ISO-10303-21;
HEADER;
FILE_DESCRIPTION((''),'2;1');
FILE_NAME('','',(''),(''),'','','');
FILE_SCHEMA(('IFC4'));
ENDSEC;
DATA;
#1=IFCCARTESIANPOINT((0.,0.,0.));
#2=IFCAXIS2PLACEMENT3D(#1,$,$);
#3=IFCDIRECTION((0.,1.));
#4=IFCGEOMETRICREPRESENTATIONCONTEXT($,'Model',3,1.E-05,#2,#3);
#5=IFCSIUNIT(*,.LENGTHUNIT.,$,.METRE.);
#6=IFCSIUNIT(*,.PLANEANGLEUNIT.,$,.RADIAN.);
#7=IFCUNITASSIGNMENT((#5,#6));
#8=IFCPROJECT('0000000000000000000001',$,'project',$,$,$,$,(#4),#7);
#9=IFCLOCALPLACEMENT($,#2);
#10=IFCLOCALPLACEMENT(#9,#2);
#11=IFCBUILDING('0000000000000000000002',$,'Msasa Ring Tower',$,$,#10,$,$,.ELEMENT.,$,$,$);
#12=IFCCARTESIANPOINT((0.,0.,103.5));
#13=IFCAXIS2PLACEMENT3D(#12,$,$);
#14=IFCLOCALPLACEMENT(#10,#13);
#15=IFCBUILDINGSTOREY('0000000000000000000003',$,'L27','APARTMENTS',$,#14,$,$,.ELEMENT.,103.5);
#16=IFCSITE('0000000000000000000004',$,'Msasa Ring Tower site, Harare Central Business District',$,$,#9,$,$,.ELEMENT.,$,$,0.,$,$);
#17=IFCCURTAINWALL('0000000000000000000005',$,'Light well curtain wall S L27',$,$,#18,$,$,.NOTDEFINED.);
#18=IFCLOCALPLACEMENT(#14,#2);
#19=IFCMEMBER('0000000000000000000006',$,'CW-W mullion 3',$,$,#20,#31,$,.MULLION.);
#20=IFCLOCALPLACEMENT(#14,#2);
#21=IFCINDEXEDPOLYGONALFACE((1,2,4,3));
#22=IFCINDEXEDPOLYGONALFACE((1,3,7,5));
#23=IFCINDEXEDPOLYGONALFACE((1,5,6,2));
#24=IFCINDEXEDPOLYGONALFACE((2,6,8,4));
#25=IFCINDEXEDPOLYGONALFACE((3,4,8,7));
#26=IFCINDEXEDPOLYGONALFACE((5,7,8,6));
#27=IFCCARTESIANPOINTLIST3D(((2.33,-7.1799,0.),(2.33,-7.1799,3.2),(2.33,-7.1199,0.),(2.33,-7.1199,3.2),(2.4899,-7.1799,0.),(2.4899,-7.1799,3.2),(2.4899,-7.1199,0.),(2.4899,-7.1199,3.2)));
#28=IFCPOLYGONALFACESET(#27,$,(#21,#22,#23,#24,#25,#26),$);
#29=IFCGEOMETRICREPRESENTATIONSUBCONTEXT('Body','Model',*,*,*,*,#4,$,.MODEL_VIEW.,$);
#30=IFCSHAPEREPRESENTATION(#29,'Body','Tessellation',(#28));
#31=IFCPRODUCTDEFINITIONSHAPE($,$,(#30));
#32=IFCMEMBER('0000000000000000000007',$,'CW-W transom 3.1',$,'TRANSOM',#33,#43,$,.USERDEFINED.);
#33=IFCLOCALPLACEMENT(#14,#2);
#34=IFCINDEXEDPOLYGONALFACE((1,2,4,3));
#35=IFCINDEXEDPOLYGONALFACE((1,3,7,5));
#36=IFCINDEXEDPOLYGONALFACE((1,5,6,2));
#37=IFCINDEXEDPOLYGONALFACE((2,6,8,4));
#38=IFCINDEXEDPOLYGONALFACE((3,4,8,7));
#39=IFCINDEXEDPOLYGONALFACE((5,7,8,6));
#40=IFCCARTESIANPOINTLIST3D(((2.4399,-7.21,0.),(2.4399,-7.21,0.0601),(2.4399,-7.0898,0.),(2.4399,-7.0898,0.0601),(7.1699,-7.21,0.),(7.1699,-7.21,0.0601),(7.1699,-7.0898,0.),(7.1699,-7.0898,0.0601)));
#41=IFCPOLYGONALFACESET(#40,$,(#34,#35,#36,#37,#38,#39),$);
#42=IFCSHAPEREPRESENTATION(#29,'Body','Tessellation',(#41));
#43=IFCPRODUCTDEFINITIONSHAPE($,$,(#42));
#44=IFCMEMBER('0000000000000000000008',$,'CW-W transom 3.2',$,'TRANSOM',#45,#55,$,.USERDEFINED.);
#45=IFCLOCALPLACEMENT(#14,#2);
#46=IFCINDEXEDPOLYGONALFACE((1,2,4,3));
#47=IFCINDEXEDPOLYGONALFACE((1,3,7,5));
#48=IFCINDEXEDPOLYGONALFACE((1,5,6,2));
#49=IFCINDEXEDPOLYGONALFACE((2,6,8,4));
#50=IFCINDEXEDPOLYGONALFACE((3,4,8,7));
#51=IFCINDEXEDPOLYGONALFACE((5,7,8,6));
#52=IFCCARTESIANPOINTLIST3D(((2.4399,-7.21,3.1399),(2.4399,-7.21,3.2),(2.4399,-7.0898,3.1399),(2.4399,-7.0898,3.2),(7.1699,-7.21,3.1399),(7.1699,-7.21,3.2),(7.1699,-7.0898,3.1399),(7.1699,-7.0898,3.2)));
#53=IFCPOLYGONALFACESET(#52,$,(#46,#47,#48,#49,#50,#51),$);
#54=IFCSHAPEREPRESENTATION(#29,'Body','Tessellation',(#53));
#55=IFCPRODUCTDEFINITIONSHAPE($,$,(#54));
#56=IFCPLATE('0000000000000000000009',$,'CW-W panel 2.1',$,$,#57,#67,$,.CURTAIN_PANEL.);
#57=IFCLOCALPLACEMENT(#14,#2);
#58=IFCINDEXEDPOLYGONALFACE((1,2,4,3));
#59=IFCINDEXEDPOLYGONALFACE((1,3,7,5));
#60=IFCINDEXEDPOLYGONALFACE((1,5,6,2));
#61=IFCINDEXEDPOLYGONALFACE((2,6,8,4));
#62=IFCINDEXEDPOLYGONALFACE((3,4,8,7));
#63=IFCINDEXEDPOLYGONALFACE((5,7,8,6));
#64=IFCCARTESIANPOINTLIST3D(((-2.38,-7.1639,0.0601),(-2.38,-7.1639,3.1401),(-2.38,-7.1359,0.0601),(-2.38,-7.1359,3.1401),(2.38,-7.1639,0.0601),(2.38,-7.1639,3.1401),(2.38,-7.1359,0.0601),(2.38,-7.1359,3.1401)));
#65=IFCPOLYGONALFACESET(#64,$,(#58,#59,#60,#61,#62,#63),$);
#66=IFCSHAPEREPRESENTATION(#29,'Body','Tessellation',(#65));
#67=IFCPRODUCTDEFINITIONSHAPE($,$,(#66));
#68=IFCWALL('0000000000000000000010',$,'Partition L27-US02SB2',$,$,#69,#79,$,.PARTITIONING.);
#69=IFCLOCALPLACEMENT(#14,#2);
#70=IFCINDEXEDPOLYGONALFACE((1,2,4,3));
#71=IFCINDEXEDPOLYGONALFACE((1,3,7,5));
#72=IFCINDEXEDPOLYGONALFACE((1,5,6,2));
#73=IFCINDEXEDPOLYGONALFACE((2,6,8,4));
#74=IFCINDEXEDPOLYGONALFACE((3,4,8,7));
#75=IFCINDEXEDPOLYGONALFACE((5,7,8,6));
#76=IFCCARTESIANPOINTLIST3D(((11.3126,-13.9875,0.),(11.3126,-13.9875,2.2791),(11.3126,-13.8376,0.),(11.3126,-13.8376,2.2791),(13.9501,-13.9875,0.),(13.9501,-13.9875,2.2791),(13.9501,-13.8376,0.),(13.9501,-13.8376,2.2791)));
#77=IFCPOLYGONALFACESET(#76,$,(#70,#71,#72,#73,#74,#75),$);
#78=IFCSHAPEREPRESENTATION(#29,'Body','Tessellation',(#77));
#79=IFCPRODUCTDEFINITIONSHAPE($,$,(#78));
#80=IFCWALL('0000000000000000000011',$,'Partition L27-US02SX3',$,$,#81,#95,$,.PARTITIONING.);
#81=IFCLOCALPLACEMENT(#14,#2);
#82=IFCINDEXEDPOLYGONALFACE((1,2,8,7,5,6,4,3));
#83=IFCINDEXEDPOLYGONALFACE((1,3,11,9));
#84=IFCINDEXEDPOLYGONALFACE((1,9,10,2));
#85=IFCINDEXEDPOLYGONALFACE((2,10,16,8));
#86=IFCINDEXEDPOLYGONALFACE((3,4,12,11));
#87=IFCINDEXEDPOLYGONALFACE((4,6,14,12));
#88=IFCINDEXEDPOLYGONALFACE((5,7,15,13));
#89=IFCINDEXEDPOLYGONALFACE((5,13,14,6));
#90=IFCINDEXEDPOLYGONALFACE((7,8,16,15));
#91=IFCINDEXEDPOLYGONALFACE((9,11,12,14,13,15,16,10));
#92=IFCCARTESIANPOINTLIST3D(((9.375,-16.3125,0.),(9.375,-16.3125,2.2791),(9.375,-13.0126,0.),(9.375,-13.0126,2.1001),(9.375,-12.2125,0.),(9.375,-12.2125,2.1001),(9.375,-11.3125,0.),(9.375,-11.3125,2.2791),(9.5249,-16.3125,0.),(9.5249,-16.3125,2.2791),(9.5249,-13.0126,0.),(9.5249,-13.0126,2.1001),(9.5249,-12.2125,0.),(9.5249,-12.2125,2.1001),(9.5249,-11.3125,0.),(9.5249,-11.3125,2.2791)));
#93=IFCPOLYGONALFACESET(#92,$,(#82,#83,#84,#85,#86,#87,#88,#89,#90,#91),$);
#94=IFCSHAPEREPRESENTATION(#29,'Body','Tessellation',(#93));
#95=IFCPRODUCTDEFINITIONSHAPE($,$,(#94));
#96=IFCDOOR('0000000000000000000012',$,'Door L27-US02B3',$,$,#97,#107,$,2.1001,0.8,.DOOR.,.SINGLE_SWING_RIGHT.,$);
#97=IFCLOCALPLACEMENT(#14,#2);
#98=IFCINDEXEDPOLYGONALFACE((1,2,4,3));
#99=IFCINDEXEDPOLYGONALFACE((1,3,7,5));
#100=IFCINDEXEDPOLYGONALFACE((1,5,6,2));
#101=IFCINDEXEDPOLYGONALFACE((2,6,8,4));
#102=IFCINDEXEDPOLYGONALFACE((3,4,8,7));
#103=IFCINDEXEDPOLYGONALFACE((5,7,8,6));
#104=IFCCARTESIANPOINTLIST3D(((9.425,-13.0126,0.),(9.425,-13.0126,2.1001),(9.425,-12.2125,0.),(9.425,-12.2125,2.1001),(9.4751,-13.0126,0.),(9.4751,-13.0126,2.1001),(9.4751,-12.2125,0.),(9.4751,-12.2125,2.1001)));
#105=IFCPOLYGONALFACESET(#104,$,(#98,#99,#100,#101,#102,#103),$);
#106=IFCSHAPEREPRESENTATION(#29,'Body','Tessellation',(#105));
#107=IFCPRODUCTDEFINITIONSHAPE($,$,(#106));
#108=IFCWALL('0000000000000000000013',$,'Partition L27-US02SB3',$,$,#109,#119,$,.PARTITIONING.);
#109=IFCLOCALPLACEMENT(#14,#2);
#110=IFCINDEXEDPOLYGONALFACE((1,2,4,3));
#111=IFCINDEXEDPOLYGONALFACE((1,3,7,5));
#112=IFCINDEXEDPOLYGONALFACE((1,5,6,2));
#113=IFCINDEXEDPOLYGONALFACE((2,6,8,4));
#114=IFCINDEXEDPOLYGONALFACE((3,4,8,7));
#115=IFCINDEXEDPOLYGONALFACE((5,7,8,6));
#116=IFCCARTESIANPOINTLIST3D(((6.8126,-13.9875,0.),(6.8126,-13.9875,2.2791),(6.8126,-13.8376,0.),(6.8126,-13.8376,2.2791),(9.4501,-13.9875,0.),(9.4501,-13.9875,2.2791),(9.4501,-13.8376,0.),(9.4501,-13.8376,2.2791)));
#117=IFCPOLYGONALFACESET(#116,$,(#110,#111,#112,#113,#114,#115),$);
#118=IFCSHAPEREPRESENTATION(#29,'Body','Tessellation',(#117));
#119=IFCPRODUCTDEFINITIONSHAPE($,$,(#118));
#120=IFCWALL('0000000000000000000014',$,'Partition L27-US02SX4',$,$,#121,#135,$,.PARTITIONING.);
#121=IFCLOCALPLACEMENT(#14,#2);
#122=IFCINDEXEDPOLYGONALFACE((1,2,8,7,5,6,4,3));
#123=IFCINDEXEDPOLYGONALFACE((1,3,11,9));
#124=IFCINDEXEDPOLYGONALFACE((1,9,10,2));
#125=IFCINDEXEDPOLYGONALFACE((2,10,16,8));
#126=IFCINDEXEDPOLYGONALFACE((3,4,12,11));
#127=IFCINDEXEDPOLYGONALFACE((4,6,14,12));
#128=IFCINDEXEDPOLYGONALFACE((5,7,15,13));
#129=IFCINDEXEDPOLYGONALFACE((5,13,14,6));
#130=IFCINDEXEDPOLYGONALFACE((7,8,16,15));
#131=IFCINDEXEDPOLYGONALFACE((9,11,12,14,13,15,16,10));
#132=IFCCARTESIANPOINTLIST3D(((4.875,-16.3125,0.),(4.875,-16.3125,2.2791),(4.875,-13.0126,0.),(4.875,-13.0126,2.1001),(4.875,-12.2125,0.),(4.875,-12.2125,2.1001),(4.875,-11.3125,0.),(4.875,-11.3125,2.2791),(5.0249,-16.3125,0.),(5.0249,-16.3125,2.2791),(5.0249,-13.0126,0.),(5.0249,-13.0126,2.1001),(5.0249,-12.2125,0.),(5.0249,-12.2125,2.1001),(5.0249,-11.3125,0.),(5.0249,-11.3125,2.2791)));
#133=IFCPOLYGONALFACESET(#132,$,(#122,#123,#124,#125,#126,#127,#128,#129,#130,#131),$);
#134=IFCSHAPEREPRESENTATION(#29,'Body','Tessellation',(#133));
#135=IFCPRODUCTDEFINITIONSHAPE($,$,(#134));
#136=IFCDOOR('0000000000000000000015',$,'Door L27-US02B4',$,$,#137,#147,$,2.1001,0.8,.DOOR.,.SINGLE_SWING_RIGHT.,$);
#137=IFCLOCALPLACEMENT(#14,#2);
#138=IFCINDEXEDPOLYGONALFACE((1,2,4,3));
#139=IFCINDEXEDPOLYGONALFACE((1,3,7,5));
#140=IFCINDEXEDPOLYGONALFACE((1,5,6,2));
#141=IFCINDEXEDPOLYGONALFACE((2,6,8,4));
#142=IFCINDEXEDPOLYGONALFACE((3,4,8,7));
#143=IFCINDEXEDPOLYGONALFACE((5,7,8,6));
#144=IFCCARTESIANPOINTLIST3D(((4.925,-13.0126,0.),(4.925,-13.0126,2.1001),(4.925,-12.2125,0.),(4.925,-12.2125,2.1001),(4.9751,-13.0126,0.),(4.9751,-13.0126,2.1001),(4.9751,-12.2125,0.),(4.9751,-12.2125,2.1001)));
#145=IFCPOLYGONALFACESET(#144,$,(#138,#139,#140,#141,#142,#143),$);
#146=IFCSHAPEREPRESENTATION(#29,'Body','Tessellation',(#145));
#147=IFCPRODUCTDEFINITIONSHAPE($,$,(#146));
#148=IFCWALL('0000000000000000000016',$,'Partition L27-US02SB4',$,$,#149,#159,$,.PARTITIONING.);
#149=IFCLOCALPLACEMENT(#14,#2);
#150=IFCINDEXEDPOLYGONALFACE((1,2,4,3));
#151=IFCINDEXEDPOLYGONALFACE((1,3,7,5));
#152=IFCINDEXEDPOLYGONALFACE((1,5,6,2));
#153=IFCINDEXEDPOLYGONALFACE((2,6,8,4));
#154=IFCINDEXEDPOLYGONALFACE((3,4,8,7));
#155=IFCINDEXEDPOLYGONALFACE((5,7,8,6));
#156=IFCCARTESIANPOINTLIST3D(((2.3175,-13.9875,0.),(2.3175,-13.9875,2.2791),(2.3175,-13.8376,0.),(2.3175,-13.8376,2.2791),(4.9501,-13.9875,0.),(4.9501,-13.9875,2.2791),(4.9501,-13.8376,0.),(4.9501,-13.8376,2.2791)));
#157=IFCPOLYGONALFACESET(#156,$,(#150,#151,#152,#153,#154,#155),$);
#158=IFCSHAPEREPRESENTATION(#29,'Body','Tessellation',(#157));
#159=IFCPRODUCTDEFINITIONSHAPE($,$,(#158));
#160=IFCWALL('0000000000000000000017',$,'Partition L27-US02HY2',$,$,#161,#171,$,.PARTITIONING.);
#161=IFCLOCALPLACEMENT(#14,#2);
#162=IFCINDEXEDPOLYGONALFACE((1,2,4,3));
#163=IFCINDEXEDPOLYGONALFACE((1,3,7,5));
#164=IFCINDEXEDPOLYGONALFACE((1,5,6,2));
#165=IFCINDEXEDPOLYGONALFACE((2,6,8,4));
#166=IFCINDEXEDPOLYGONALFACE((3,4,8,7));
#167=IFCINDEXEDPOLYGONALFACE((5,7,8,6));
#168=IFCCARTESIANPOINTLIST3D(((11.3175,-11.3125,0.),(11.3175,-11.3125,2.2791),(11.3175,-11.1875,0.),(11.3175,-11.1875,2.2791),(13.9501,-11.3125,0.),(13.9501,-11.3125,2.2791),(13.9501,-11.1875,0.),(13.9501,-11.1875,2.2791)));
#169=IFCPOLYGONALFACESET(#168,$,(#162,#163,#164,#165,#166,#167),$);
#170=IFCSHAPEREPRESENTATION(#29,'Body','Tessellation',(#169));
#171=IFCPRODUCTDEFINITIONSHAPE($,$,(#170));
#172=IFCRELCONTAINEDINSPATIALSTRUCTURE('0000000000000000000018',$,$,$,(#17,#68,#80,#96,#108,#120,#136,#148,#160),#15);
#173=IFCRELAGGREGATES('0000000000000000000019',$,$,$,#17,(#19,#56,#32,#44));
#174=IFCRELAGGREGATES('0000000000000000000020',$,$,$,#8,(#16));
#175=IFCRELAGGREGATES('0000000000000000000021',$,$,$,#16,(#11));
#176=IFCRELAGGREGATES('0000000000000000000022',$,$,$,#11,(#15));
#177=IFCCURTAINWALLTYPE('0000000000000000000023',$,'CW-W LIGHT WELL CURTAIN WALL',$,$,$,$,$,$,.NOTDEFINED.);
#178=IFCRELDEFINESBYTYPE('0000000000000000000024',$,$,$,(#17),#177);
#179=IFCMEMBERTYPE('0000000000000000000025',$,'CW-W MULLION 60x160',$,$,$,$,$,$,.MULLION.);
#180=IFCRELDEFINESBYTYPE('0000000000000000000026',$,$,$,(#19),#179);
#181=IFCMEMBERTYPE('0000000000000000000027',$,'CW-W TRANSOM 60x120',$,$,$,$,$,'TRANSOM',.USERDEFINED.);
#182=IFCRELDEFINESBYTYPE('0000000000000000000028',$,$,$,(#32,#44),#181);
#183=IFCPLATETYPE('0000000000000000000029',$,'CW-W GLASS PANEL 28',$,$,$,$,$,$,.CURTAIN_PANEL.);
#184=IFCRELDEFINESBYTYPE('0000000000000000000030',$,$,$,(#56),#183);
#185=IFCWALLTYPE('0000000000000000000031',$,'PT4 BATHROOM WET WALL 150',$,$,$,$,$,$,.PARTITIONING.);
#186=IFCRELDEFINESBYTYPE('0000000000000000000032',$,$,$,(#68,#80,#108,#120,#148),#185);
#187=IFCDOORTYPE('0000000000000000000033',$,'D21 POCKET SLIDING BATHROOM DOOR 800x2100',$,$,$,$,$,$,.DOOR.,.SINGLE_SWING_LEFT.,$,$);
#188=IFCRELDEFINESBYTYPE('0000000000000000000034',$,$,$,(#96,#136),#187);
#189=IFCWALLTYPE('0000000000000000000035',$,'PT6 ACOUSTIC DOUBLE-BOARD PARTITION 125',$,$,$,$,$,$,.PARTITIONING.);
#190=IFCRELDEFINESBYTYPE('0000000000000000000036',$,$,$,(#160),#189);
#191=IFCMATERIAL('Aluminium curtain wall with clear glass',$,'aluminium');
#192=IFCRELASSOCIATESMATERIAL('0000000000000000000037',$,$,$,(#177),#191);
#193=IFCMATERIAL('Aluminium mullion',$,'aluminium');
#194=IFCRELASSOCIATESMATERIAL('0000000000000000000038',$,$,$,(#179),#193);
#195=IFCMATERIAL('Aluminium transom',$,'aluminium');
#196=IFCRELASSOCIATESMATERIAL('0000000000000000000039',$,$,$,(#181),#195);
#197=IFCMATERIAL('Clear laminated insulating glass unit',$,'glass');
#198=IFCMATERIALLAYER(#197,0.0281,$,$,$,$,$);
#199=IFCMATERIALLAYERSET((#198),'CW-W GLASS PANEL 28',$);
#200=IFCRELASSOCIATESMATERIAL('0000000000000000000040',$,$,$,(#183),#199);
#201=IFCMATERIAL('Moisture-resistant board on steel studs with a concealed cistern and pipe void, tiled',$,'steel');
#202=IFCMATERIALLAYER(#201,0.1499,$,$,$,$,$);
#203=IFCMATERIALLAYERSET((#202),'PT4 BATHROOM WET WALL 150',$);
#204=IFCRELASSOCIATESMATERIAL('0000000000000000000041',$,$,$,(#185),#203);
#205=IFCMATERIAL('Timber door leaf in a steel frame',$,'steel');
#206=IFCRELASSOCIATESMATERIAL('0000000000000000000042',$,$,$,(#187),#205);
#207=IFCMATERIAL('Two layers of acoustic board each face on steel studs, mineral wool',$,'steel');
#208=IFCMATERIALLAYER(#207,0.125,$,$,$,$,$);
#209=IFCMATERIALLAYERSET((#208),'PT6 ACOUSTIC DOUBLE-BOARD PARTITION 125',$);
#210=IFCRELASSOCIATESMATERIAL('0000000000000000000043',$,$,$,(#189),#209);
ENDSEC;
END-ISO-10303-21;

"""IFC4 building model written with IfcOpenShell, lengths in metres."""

from ifc_helpers import new_model, si_unit, direction, frame, frame_2d, origin, origin_2d, place, context, subcontext, project, spatial, rectangle, extrude, material, layer, layer_set, material_profile, profile_set, type_object, element, fill, aggregate, save


model = new_model("IFC4")

# Units and contexts
model_context = context("Model", 3, precision=1e-05, world=origin(), true_north=direction((0.0, 1.0)))
body_context = subcontext(model_context, "Body", "Model", "MODEL_VIEW")
ifc_project = project(units=[si_unit("LENGTHUNIT", "METRE"), si_unit("PLANEANGLEUNIT", "RADIAN")], contexts=[model_context])

# Site, building, storey
site_placement = place(None, origin())
site = spatial("IfcSite", under=ifc_project, at=site_placement, Name="Msasa Ring Tower site, Harare Central Business District", CompositionType="ELEMENT", RefElevation=0.0)
building_placement = place(site_placement, origin())
building = spatial("IfcBuilding", under=site, at=building_placement, Name="Msasa Ring Tower", CompositionType="ELEMENT")
storey_placement = place(building_placement, frame((0.0, 0.0, 103.5)))
storey = spatial("IfcBuildingStorey", under=building, at=storey_placement, Name="L27", Description="APARTMENTS", CompositionType="ELEMENT", Elevation=103.5)

# Curtain wall, members, plate
ifc_material_1 = material(Name="Aluminium curtain wall with clear glass", Category="aluminium")
curtain_wall_type = type_object("IfcCurtainWallType", Name="CW-W LIGHT WELL CURTAIN WALL", PredefinedType="NOTDEFINED", material=ifc_material_1)
curtain_wall_placement = place(storey_placement, origin())
curtain_wall = element("IfcCurtainWall", 1, at=curtain_wall_placement, inside=storey, type_object=curtain_wall_type, Name="Light well curtain wall S L27", PredefinedType="NOTDEFINED")
ifc_material_2 = material(Name="Aluminium mullion", Category="aluminium")
ifc_material_profile_1 = material_profile(ifc_material_2, rectangle(XDim=0.0601, YDim=0.1599, at=origin_2d()), Name="AL 60x160")
ifc_profile_set_1 = profile_set([ifc_material_profile_1], Name="Aluminium mullion")
member_type_1 = type_object("IfcMemberType", Name="CW-W MULLION 60x160", PredefinedType="MULLION", material=ifc_profile_set_1)
member_1_placement = place(storey_placement, frame((2.4099, -7.1499, 0.0), z_axis=(0.0, 0.0, 1.0), x_axis=(0.0, 1.0, 0.0)))
member_1 = element("IfcMember", 2, at=member_1_placement, type_object=member_type_1, Name="CW-W mullion 3", PredefinedType="MULLION", context=body_context, shape_type="SweptSolid", body=[
    extrude(rectangle(XDim=0.0601, YDim=0.1599, at=origin_2d()), origin(), (0.0, 0.0, 1.0), 3.2),
])
ifc_material_3 = material(Name="Aluminium transom", Category="aluminium")
ifc_material_profile_2 = material_profile(ifc_material_3, rectangle(XDim=0.1201, YDim=0.0601, at=origin_2d()), Name="AL 60x120")
ifc_profile_set_2 = profile_set([ifc_material_profile_2], Name="Aluminium transom")
member_type_2 = type_object("IfcMemberType", Name="CW-W TRANSOM 60x120", ElementType="TRANSOM", PredefinedType="USERDEFINED", material=ifc_profile_set_2)
member_2_placement = place(storey_placement, frame((2.4399, -7.1499, 0.03), z_axis=(1.0, 0.0, 0.0), x_axis=(0.0, 1.0, 0.0)))
member_2 = element("IfcMember", 3, at=member_2_placement, type_object=member_type_2, Name="CW-W transom 3.1", ObjectType="TRANSOM", PredefinedType="USERDEFINED", context=body_context, shape_type="SweptSolid", body=[
    extrude(rectangle(XDim=0.1201, YDim=0.0601, at=origin_2d()), origin(), (0.0, 0.0, 1.0), 4.73),
])
member_3_placement = place(storey_placement, frame((2.4399, -7.1499, 3.1699), z_axis=(1.0, 0.0, 0.0), x_axis=(0.0, 1.0, 0.0)))
member_3 = element("IfcMember", 4, at=member_3_placement, type_object=member_type_2, Name="CW-W transom 3.2", ObjectType="TRANSOM", PredefinedType="USERDEFINED", context=body_context, shape_type="SweptSolid", body=[
    extrude(rectangle(XDim=0.1201, YDim=0.0601, at=origin_2d()), origin(), (0.0, 0.0, 1.0), 4.73),
])
ifc_material_4 = material(Name="Clear laminated insulating glass unit", Category="glass")
ifc_layer_1 = layer(ifc_material_4, 0.0281)
ifc_layer_set_1 = layer_set([ifc_layer_1], Name="CW-W GLASS PANEL 28")
plate_type = type_object("IfcPlateType", Name="CW-W GLASS PANEL 28", PredefinedType="CURTAIN_PANEL", material=ifc_layer_set_1)
plate_placement = place(storey_placement, frame((0.0, -7.1499, 0.0601), z_axis=(0.0, 0.0, 1.0), x_axis=(1.0, 0.0, 0.0)))
plate = element("IfcPlate", 5, at=plate_placement, type_object=plate_type, Name="CW-W panel 2.1", PredefinedType="CURTAIN_PANEL", context=body_context, shape_type="SweptSolid", body=[
    extrude(rectangle(XDim=4.76, YDim=0.0281, at=origin_2d()), origin(), (0.0, 0.0, 1.0), 3.0801),
])
aggregate(curtain_wall, [member_1, plate, member_2, member_3])

# Wall
ifc_material_5 = material(Name="Moisture-resistant board on steel studs with a concealed cistern and pipe void, tiled", Category="steel")
ifc_layer_2 = layer(ifc_material_5, 0.1499)
ifc_layer_set_2 = layer_set([ifc_layer_2], Name="PT4 BATHROOM WET WALL 150")
wall_type_1 = type_object("IfcWallType", Name="PT4 BATHROOM WET WALL 150", PredefinedType="PARTITIONING", material=ifc_layer_set_2)
wall_1_placement = place(storey_placement, frame((11.3125, -13.9126, 0.0), z_axis=(0.0, 0.0, 1.0), x_axis=(1.0, 0.0, 0.0)))
element("IfcWall", 6, at=wall_1_placement, inside=storey, type_object=wall_type_1, Name="Partition L27-US02SB2", PredefinedType="PARTITIONING", context=body_context, shape_type="SweptSolid", body=[
    extrude(rectangle(XDim=2.6375, YDim=0.1499, at=frame_2d((1.3188, 0.0))), origin(), (0.0, 0.0, 1.0), 2.2791),
])

# Wall, opening, door
wall_2_placement = place(storey_placement, frame((9.45, -16.3125, 0.0), z_axis=(0.0, 0.0, 1.0), x_axis=(0.0, 1.0, 0.0)))
wall_2 = element("IfcWall", 7, at=wall_2_placement, inside=storey, type_object=wall_type_1, Name="Partition L27-US02SX3", PredefinedType="PARTITIONING", context=body_context, shape_type="SweptSolid", body=[
    extrude(rectangle(XDim=5.0, YDim=0.1499, at=frame_2d((2.5, 0.0))), origin(), (0.0, 0.0, 1.0), 2.2791),
])
opening_1_placement = place(wall_2_placement, frame((3.3, 0.0, 0.0)))
opening_1 = element("IfcOpeningElement", 8, at=opening_1_placement, cuts=wall_2, PredefinedType="OPENING", context=body_context, shape_type="SweptSolid", body=[
    extrude(rectangle(XDim=0.8, YDim=2.1001, at=frame_2d((0.3999, 1.05))), frame((0.0, 0.085, 0.0), z_axis=(0.0, -1.0, 0.0), x_axis=(1.0, 0.0, 0.0)), (0.0, 0.0, 1.0), 0.1699),
])
ifc_material_6 = material(Name="Timber door leaf in a steel frame", Category="steel")
door_type_1 = type_object("IfcDoorType", Name="D21 POCKET SLIDING BATHROOM DOOR 800x2100", OperationType="SINGLE_SWING_LEFT", PredefinedType="DOOR", material=ifc_material_6)
door_1_placement = place(opening_1_placement, origin())
door_1 = element("IfcDoor", 9, at=door_1_placement, inside=storey, type_object=door_type_1, Name="Door L27-US02B3", OperationType="SINGLE_SWING_RIGHT", OverallHeight=2.1001, OverallWidth=0.8, PredefinedType="DOOR", context=body_context, shape_type="SweptSolid", body=[
    extrude(rectangle(XDim=0.8, YDim=2.1001, at=frame_2d((0.3999, 1.05))), frame((0.0, 0.0249, 0.0), z_axis=(0.0, -1.0, 0.0), x_axis=(1.0, 0.0, 0.0)), (0.0, 0.0, 1.0), 0.05),
])
fill(opening_1, door_1)

# Wall
wall_3_placement = place(storey_placement, frame((6.8125, -13.9126, 0.0), z_axis=(0.0, 0.0, 1.0), x_axis=(1.0, 0.0, 0.0)))
element("IfcWall", 10, at=wall_3_placement, inside=storey, type_object=wall_type_1, Name="Partition L27-US02SB3", PredefinedType="PARTITIONING", context=body_context, shape_type="SweptSolid", body=[
    extrude(rectangle(XDim=2.6375, YDim=0.1499, at=frame_2d((1.3188, 0.0))), origin(), (0.0, 0.0, 1.0), 2.2791),
])

# Wall, opening, door
wall_4_placement = place(storey_placement, frame((4.95, -16.3125, 0.0), z_axis=(0.0, 0.0, 1.0), x_axis=(0.0, 1.0, 0.0)))
wall_4 = element("IfcWall", 11, at=wall_4_placement, inside=storey, type_object=wall_type_1, Name="Partition L27-US02SX4", PredefinedType="PARTITIONING", context=body_context, shape_type="SweptSolid", body=[
    extrude(rectangle(XDim=5.0, YDim=0.1499, at=frame_2d((2.5, 0.0))), origin(), (0.0, 0.0, 1.0), 2.2791),
])
opening_2_placement = place(wall_4_placement, frame((3.3, 0.0, 0.0)))
opening_2 = element("IfcOpeningElement", 12, at=opening_2_placement, cuts=wall_4, PredefinedType="OPENING", context=body_context, shape_type="SweptSolid", body=[
    extrude(rectangle(XDim=0.8, YDim=2.1001, at=frame_2d((0.3999, 1.05))), frame((0.0, 0.085, 0.0), z_axis=(0.0, -1.0, 0.0), x_axis=(1.0, 0.0, 0.0)), (0.0, 0.0, 1.0), 0.1699),
])
door_2_placement = place(opening_2_placement, origin())
door_2 = element("IfcDoor", 13, at=door_2_placement, inside=storey, type_object=door_type_1, Name="Door L27-US02B4", OperationType="SINGLE_SWING_RIGHT", OverallHeight=2.1001, OverallWidth=0.8, PredefinedType="DOOR", context=body_context, shape_type="SweptSolid", body=[
    extrude(rectangle(XDim=0.8, YDim=2.1001, at=frame_2d((0.3999, 1.05))), frame((0.0, 0.0249, 0.0), z_axis=(0.0, -1.0, 0.0), x_axis=(1.0, 0.0, 0.0)), (0.0, 0.0, 1.0), 0.05),
])
fill(opening_2, door_2)

# Walls
wall_5_placement = place(storey_placement, frame((2.3174, -13.9126, 0.0), z_axis=(0.0, 0.0, 1.0), x_axis=(1.0, 0.0, 0.0)))
element("IfcWall", 14, at=wall_5_placement, inside=storey, type_object=wall_type_1, Name="Partition L27-US02SB4", PredefinedType="PARTITIONING", context=body_context, shape_type="SweptSolid", body=[
    extrude(rectangle(XDim=2.6326, YDim=0.1499, at=frame_2d((1.3164, 0.0))), origin(), (0.0, 0.0, 1.0), 2.2791),
])
ifc_material_7 = material(Name="Two layers of acoustic board each face on steel studs, mineral wool", Category="steel")
ifc_layer_3 = layer(ifc_material_7, 0.125)
ifc_layer_set_3 = layer_set([ifc_layer_3], Name="PT6 ACOUSTIC DOUBLE-BOARD PARTITION 125")
wall_type_2 = type_object("IfcWallType", Name="PT6 ACOUSTIC DOUBLE-BOARD PARTITION 125", PredefinedType="PARTITIONING", material=ifc_layer_set_3)
wall_6_placement = place(storey_placement, frame((11.3174, -11.25, 0.0), z_axis=(0.0, 0.0, 1.0), x_axis=(1.0, 0.0, 0.0)))
element("IfcWall", 15, at=wall_6_placement, inside=storey, type_object=wall_type_2, Name="Partition L27-US02HY2", PredefinedType="PARTITIONING", context=body_context, shape_type="SweptSolid", body=[
    extrude(rectangle(XDim=2.6326, YDim=0.125, at=frame_2d((1.3164, 0.0))), origin(), (0.0, 0.0, 1.0), 2.2791),
])

save(model, "model.ifc")
